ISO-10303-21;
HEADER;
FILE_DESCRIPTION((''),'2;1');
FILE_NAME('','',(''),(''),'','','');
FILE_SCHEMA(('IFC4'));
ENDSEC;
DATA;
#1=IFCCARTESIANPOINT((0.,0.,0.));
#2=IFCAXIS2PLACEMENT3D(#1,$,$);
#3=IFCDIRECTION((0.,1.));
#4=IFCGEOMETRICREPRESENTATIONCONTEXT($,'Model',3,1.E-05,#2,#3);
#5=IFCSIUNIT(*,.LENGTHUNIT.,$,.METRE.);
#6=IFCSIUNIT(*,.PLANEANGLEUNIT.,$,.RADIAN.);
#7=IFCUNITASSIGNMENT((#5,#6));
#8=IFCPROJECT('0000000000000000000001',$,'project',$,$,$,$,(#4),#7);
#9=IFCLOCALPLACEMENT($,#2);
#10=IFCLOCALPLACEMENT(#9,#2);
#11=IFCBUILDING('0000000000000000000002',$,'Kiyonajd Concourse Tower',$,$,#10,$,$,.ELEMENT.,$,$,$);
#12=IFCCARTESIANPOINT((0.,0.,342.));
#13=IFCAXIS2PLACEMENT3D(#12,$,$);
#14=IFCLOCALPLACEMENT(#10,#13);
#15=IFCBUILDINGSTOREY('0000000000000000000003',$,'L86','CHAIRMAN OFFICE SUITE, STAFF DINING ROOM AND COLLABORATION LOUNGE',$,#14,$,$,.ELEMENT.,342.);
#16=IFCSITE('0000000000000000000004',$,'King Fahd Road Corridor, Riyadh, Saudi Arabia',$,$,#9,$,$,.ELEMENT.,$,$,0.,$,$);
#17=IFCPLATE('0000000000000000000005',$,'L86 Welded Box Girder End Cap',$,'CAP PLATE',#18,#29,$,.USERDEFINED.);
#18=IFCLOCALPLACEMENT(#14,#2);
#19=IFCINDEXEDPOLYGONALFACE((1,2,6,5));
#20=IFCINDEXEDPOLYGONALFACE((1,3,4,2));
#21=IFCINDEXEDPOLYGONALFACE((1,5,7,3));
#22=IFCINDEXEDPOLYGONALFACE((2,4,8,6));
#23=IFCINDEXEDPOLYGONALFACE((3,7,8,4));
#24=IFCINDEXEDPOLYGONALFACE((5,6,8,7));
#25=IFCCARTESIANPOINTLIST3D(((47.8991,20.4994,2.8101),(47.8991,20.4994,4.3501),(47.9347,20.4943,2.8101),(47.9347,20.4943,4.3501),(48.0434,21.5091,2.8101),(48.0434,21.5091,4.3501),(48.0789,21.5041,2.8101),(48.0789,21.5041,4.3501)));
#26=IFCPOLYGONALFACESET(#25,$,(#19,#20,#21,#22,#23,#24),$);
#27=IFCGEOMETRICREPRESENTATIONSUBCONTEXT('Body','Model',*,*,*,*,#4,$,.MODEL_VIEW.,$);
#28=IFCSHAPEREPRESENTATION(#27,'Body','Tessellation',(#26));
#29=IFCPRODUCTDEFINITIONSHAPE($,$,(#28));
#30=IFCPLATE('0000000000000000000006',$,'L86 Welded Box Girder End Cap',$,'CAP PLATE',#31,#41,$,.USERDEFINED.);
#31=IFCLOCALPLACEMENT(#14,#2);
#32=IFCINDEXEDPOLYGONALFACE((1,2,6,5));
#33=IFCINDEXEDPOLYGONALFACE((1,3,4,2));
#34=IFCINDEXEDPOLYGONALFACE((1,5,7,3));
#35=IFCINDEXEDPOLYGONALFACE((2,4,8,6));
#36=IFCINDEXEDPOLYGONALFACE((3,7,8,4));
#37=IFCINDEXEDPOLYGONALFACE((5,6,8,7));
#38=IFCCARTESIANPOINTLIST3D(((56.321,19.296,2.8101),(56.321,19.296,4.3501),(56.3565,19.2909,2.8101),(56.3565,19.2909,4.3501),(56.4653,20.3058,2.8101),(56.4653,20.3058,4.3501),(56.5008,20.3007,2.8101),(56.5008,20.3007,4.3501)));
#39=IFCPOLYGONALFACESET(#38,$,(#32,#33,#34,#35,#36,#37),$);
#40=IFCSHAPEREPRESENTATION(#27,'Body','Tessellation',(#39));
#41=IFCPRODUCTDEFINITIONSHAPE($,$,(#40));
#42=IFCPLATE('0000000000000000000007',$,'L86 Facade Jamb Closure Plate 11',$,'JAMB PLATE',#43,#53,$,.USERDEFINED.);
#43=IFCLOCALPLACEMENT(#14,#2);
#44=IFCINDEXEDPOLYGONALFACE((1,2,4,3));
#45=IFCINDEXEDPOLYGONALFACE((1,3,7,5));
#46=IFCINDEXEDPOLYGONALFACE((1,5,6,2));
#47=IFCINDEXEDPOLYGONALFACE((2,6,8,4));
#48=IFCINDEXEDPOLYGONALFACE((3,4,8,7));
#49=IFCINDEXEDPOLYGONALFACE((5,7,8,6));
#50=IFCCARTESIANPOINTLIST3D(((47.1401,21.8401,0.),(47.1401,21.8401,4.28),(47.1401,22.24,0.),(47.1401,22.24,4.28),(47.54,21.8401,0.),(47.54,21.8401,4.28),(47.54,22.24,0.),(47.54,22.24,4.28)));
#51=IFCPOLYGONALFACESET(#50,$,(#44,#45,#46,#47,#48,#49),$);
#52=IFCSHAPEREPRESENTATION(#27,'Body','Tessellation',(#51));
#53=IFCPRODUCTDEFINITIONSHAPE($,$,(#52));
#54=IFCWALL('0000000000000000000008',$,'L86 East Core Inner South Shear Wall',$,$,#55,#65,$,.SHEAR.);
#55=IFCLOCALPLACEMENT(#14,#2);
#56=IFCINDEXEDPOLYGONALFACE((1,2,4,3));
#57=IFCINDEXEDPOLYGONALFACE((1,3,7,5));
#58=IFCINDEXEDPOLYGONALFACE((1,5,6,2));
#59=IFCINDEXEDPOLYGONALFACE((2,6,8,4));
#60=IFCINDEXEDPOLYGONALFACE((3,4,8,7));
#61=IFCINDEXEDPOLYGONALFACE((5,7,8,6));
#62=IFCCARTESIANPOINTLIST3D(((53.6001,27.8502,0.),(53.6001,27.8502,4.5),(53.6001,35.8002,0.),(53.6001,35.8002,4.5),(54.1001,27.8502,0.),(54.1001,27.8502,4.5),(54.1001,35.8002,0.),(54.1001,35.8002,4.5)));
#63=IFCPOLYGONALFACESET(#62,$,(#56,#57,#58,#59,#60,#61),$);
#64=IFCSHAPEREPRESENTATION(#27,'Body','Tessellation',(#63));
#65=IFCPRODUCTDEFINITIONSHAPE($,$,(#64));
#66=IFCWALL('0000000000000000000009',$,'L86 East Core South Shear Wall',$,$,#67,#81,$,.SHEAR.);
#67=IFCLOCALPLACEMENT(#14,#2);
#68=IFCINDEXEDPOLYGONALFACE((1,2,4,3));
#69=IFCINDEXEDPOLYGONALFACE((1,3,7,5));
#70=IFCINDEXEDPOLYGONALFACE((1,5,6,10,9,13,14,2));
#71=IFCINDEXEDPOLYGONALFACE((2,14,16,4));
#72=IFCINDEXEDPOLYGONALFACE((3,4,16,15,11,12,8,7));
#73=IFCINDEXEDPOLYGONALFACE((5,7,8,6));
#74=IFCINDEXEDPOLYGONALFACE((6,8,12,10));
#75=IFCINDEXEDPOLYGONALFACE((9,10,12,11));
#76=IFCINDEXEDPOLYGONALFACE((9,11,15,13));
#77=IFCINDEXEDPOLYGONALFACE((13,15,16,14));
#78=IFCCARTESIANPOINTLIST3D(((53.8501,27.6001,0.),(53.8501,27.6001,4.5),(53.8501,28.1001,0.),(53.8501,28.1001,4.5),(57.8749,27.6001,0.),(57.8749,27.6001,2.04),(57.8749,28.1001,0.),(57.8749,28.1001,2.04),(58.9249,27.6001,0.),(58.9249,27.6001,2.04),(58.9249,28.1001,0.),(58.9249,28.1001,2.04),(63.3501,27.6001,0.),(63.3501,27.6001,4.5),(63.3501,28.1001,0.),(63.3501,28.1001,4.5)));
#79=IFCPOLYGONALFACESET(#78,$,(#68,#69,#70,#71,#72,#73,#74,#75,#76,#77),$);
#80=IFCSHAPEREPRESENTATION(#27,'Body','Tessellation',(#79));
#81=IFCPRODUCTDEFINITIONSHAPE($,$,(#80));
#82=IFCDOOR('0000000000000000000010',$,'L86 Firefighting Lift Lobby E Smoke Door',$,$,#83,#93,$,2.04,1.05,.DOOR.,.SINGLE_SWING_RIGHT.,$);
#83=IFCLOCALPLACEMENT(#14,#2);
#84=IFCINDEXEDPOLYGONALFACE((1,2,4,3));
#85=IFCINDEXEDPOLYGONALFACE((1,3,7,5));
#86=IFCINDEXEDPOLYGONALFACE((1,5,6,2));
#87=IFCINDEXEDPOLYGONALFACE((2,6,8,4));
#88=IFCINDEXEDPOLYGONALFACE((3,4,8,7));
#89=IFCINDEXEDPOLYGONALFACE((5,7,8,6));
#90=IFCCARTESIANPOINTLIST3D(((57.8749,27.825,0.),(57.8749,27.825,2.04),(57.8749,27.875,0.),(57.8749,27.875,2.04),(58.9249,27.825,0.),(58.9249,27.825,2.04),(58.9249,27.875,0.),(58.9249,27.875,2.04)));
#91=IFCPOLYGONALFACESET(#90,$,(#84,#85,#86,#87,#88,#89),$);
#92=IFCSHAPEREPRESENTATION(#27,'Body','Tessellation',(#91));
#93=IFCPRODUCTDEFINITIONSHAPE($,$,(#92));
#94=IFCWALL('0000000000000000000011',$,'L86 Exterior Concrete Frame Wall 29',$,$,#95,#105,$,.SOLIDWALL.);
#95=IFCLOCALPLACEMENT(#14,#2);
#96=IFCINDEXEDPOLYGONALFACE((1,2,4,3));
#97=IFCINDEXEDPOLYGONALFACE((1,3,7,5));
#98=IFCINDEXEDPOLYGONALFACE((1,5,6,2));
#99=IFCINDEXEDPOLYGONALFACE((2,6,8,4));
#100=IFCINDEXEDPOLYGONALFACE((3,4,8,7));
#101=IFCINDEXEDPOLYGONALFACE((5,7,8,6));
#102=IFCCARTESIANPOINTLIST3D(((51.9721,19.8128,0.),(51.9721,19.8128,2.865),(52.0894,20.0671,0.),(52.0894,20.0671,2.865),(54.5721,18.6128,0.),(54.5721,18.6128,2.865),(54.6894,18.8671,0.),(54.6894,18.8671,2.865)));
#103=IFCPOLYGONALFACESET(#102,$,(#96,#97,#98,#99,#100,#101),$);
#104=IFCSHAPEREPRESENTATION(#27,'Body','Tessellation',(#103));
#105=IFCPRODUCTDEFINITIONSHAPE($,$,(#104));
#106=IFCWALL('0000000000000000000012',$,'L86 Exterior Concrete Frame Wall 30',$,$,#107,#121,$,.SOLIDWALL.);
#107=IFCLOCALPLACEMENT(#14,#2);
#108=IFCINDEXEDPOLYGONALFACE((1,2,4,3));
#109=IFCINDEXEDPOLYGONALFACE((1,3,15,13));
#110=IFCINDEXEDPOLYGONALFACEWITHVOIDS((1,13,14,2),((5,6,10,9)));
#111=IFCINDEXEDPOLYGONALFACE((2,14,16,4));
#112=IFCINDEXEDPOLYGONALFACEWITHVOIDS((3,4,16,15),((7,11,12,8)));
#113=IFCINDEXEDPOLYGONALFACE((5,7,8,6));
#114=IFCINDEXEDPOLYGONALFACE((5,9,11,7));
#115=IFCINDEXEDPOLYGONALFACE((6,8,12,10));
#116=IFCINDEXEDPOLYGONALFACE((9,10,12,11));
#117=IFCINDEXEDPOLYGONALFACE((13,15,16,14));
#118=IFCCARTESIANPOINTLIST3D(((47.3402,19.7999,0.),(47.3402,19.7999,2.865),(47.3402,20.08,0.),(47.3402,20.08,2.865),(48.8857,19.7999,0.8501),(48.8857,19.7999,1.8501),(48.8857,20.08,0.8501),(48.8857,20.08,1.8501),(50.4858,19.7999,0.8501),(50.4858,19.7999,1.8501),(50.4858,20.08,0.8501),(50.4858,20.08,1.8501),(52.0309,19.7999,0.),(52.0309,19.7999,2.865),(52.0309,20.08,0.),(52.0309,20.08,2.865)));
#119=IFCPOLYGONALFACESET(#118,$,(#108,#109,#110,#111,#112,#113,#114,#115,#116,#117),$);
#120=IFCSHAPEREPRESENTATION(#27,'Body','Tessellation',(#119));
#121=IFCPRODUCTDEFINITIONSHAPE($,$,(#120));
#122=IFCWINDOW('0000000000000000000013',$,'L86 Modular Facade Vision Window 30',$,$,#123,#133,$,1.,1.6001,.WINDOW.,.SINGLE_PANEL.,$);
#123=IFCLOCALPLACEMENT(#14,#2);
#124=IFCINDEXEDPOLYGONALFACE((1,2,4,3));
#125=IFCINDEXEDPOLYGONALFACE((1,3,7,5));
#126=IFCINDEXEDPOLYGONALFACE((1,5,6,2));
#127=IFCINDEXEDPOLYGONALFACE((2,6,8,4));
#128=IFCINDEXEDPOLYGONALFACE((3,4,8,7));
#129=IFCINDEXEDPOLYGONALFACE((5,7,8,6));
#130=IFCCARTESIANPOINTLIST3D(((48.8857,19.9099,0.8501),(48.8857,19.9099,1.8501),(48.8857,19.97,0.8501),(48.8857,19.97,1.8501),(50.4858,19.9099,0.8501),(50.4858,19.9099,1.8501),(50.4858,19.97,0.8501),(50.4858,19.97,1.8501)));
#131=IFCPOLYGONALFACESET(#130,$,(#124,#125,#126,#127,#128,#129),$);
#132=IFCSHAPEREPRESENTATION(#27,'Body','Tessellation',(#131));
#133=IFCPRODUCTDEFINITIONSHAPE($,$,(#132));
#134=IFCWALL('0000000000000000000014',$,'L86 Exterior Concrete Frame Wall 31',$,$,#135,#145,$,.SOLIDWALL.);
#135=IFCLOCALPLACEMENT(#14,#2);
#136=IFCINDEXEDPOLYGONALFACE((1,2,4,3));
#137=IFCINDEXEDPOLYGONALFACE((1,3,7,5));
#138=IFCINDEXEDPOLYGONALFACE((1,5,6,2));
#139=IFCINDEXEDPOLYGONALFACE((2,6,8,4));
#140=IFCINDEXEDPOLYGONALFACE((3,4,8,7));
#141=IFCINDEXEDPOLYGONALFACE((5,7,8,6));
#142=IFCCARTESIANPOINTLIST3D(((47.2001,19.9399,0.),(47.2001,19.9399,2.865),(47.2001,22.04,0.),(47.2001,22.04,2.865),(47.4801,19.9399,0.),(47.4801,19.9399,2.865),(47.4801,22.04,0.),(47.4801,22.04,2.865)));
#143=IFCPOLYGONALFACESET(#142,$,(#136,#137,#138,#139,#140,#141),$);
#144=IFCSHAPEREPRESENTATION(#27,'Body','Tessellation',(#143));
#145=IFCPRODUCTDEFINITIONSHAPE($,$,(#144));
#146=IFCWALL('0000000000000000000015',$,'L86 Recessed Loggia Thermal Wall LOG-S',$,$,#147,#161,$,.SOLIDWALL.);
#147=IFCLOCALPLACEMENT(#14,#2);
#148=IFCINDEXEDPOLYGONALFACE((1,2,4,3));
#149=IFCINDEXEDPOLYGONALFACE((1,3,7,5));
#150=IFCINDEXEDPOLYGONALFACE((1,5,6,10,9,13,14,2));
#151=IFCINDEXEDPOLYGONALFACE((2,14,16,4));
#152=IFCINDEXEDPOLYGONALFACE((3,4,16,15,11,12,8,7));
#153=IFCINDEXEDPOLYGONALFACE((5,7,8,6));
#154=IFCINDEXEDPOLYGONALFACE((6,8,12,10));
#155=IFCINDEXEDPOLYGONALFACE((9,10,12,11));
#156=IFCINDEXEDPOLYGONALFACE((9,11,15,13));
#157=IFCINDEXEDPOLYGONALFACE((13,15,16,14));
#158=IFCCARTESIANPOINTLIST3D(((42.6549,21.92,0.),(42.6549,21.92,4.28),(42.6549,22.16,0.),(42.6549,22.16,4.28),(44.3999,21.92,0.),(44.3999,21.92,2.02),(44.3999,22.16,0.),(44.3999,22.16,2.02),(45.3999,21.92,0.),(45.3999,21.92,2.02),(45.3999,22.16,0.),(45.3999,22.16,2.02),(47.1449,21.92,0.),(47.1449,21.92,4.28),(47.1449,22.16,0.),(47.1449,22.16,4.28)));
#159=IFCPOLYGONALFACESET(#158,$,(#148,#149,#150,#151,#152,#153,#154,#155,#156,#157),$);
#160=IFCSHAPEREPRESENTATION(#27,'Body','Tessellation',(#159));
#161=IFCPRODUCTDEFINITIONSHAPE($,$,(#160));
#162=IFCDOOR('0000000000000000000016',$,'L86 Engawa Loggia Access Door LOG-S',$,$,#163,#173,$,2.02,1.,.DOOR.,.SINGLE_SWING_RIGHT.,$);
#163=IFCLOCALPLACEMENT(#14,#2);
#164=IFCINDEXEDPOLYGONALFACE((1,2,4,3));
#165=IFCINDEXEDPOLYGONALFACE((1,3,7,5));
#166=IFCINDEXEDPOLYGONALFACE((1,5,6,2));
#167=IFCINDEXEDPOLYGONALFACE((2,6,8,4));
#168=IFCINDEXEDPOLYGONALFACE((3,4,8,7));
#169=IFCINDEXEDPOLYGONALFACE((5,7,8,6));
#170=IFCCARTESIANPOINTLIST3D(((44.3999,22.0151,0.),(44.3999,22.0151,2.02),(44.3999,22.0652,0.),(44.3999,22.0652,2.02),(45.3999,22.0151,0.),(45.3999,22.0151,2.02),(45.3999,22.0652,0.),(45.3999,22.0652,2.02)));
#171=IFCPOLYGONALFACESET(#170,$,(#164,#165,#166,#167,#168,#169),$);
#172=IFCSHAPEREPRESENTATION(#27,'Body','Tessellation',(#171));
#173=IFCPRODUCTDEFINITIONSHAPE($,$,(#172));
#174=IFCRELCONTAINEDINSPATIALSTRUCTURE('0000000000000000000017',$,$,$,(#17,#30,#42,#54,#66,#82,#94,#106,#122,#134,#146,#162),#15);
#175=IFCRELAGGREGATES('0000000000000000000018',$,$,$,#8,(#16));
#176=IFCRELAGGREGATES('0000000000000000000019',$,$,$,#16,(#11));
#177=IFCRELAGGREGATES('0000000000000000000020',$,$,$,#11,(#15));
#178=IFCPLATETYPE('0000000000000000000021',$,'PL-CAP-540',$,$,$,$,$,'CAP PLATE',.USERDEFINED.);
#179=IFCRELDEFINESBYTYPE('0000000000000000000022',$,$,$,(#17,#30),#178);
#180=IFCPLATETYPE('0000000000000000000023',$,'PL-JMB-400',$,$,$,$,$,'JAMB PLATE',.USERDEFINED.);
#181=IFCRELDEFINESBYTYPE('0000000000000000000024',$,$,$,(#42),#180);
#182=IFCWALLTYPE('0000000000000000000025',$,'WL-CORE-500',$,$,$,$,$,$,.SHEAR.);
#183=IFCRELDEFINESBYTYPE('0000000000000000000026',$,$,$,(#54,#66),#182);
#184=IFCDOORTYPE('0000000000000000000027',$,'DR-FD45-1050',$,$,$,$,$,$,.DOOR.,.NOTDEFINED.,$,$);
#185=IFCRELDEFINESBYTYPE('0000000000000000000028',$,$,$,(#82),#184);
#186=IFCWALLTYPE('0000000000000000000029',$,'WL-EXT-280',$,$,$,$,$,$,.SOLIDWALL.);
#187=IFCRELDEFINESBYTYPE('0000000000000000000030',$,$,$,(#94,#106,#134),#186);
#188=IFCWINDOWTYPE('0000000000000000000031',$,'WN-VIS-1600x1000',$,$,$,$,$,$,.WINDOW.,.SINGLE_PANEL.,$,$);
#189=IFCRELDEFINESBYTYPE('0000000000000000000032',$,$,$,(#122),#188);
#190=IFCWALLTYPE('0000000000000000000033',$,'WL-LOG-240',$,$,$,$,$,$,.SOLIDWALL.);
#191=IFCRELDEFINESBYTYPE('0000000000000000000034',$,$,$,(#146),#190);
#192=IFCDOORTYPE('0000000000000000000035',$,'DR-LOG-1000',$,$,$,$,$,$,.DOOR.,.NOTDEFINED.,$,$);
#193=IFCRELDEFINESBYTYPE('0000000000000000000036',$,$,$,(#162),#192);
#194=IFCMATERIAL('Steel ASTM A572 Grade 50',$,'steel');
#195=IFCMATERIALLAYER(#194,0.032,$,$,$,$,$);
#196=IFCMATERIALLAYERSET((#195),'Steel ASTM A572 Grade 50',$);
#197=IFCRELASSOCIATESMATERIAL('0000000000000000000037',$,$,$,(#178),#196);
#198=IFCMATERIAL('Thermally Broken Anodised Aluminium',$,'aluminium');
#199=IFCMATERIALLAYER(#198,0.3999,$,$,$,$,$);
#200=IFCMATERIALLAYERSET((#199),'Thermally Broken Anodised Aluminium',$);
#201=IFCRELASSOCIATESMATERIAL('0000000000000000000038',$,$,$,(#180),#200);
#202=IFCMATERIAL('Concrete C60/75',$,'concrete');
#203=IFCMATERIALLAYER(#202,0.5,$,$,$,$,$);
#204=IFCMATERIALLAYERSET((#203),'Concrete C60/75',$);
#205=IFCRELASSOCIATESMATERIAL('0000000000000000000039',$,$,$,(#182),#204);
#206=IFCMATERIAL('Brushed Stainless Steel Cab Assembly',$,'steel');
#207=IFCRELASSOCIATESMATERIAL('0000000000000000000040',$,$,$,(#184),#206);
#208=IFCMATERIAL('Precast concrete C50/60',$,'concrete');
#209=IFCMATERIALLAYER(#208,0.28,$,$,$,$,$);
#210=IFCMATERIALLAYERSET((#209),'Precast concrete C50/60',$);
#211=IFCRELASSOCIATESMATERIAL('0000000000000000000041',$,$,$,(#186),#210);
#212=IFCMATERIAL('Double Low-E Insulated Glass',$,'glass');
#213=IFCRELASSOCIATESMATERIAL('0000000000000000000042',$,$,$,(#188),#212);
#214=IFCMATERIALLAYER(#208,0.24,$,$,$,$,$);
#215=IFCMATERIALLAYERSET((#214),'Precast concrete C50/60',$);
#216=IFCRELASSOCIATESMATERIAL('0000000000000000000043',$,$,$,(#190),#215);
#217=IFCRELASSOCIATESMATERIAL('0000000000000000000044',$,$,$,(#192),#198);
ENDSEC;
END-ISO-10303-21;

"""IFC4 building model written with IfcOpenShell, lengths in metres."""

from ifc_helpers import new_model, si_unit, direction, frame, frame_2d, origin, origin_2d, place, context, subcontext, project, spatial, rectangle, extrude, material, layer, layer_set, type_object, element, fill, save


model = new_model("IFC4")

# Units and contexts
model_context = context("Model", 3, precision=1e-05, world=origin(), true_north=direction((0.0, 1.0)))
body_context = subcontext(model_context, "Body", "Model", "MODEL_VIEW")
ifc_project = project(units=[si_unit("LENGTHUNIT", "METRE"), si_unit("PLANEANGLEUNIT", "RADIAN")], contexts=[model_context])

# Site, building, storey
site_placement = place(None, origin())
site = spatial("IfcSite", under=ifc_project, at=site_placement, Name="King Fahd Road Corridor, Riyadh, Saudi Arabia", CompositionType="ELEMENT", RefElevation=0.0)
building_placement = place(site_placement, origin())
building = spatial("IfcBuilding", under=site, at=building_placement, Name="Kiyonajd Concourse Tower", CompositionType="ELEMENT")
storey_placement = place(building_placement, frame((0.0, 0.0, 342.0)))
storey = spatial("IfcBuildingStorey", under=building, at=storey_placement, Name="L86", Description="CHAIRMAN OFFICE SUITE, STAFF DINING ROOM AND COLLABORATION LOUNGE", CompositionType="ELEMENT", Elevation=342.0)

# Shared definitions
ifc_material_1 = material(Name="Concrete C60/75", Category="concrete")

# Shared definitions
ifc_material_2 = material(Name="Steel ASTM A572 Grade 50", Category="steel")

# Plates
ifc_layer_1 = layer(ifc_material_2, 0.032)
ifc_layer_set_1 = layer_set([ifc_layer_1], Name="Steel ASTM A572 Grade 50")
plate_type_1 = type_object("IfcPlateType", Name="PL-CAP-540", ElementType="CAP PLATE", PredefinedType="USERDEFINED", material=ifc_layer_set_1)
for number, where, z_axis, x_axis, name in (
    (1, (47.989, 21.0017, 2.8101), (0.0, 0.0, 1.0), (-0.98995, 0.14142, 0.0), "L86 Welded Box Girder End Cap"),
    (2, (56.4109, 19.7983, 2.8101), (0.0, 0.0, 1.0), (0.98995, -0.14142, 0.0), "L86 Welded Box Girder End Cap"),
):
    element("IfcPlate", number, at=place(storey_placement, frame(where, z_axis=z_axis, x_axis=x_axis)), inside=storey, type_object=plate_type_1, Name=name, ObjectType="CAP PLATE", PredefinedType="USERDEFINED", context=body_context, shape_type="SweptSolid", body=[
        extrude(rectangle(XDim=0.0359, YDim=1.02, at=origin_2d()), origin(), (0.0, 0.0, 1.0), 1.54),
    ])
ifc_material_3 = material(Name="Thermally Broken Anodised Aluminium", Category="aluminium")
ifc_layer_2 = layer(ifc_material_3, 0.3999)
ifc_layer_set_2 = layer_set([ifc_layer_2], Name="Thermally Broken Anodised Aluminium")
plate_type_2 = type_object("IfcPlateType", Name="PL-JMB-400", ElementType="JAMB PLATE", PredefinedType="USERDEFINED", material=ifc_layer_set_2)
plate_placement = place(storey_placement, frame((47.3401, 22.04, 0.0), z_axis=(0.0, 0.0, 1.0), x_axis=(1.0, 0.0, 0.0)))
element("IfcPlate", 3, at=plate_placement, inside=storey, type_object=plate_type_2, Name="L86 Facade Jamb Closure Plate 11", ObjectType="JAMB PLATE", PredefinedType="USERDEFINED", context=body_context, shape_type="SweptSolid", body=[
    extrude(rectangle(XDim=0.3999, YDim=0.3999, at=origin_2d()), origin(), (0.0, 0.0, 1.0), 4.28),
])

# Wall
ifc_layer_3 = layer(ifc_material_1, 0.5)
ifc_layer_set_3 = layer_set([ifc_layer_3], Name="Concrete C60/75")
wall_type_1 = type_object("IfcWallType", Name="WL-CORE-500", PredefinedType="SHEAR", material=ifc_layer_set_3)
wall_1_placement = place(storey_placement, frame((53.8501, 27.8501, 0.0), z_axis=(0.0, 0.0, 1.0), x_axis=(0.0, 1.0, 0.0)))
element("IfcWall", 4, at=wall_1_placement, inside=storey, type_object=wall_type_1, Name="L86 East Core Inner South Shear Wall", PredefinedType="SHEAR", context=body_context, shape_type="SweptSolid", body=[
    extrude(rectangle(XDim=7.95, YDim=0.5, at=frame_2d((3.9751, 0.0))), origin(), (0.0, 0.0, 1.0), 4.5),
])

# Wall, opening, door
wall_2_placement = place(storey_placement, frame((53.8501, 27.8501, 0.0), z_axis=(0.0, 0.0, 1.0), x_axis=(1.0, 0.0, 0.0)))
wall_2 = element("IfcWall", 5, at=wall_2_placement, inside=storey, type_object=wall_type_1, Name="L86 East Core South Shear Wall", PredefinedType="SHEAR", context=body_context, shape_type="SweptSolid", body=[
    extrude(rectangle(XDim=9.5, YDim=0.5, at=frame_2d((4.75, 0.0))), origin(), (0.0, 0.0, 1.0), 4.5),
])
opening_1_placement = place(wall_2_placement, frame((4.0249, 0.0, 0.0)))
opening_1 = element("IfcOpeningElement", 6, at=opening_1_placement, cuts=wall_2, PredefinedType="OPENING", context=body_context, shape_type="SweptSolid", body=[
    extrude(rectangle(XDim=1.05, YDim=2.04, at=frame_2d((0.5249, 1.02))), frame((0.0, 0.26, 0.0), z_axis=(0.0, -1.0, 0.0), x_axis=(1.0, 0.0, 0.0)), (0.0, 0.0, 1.0), 0.52),
])
ifc_material_4 = material(Name="Brushed Stainless Steel Cab Assembly", Category="steel")
door_type_1 = type_object("IfcDoorType", Name="DR-FD45-1050", OperationType="NOTDEFINED", PredefinedType="DOOR", material=ifc_material_4)
door_1_placement = place(opening_1_placement, origin())
door_1 = element("IfcDoor", 7, at=door_1_placement, inside=storey, type_object=door_type_1, Name="L86 Firefighting Lift Lobby E Smoke Door", OperationType="SINGLE_SWING_RIGHT", OverallHeight=2.04, OverallWidth=1.05, PredefinedType="DOOR", context=body_context, shape_type="SweptSolid", body=[
    extrude(rectangle(XDim=1.05, YDim=2.04, at=frame_2d((0.5249, 1.02))), frame((0.0, 0.0249, 0.0), z_axis=(0.0, -1.0, 0.0), x_axis=(1.0, 0.0, 0.0)), (0.0, 0.0, 1.0), 0.05),
])
fill(opening_1, door_1)

# Wall
ifc_material_5 = material(Name="Precast concrete C50/60", Category="concrete")
ifc_layer_4 = layer(ifc_material_5, 0.28)
ifc_layer_set_4 = layer_set([ifc_layer_4], Name="Precast concrete C50/60")
wall_type_2 = type_object("IfcWallType", Name="WL-EXT-280", PredefinedType="SOLIDWALL", material=ifc_layer_set_4)
wall_3_placement = place(storey_placement, frame((54.6306, 18.74, 0.0), z_axis=(0.0, 0.0, 1.0), x_axis=(-0.907957, 0.419064, 0.0)))
element("IfcWall", 8, at=wall_3_placement, inside=storey, type_object=wall_type_2, Name="L86 Exterior Concrete Frame Wall 29", PredefinedType="SOLIDWALL", context=body_context, shape_type="SweptSolid", body=[
    extrude(rectangle(XDim=2.8635, YDim=0.28, at=frame_2d((1.4316, 0.0))), origin(), (0.0, 0.0, 1.0), 2.865),
])

# Wall, opening, window
wall_4_placement = place(storey_placement, frame((52.0308, 19.9399, 0.0), z_axis=(0.0, 0.0, 1.0), x_axis=(-1.0, 0.0, 0.0)))
wall_4 = element("IfcWall", 9, at=wall_4_placement, inside=storey, type_object=wall_type_2, Name="L86 Exterior Concrete Frame Wall 30", PredefinedType="SOLIDWALL", context=body_context, shape_type="SweptSolid", body=[
    extrude(rectangle(XDim=4.6907, YDim=0.28, at=frame_2d((2.3452, 0.0))), origin(), (0.0, 0.0, 1.0), 2.865),
])
opening_2_placement = place(wall_4_placement, frame((1.5449, 0.0, 0.8501)))
opening_2 = element("IfcOpeningElement", 10, at=opening_2_placement, cuts=wall_4, PredefinedType="OPENING", context=body_context, shape_type="SweptSolid", body=[
    extrude(rectangle(XDim=1.6001, YDim=1.0, at=frame_2d((0.8, 0.5))), frame((0.0, 0.1499, 0.0), z_axis=(0.0, -1.0, 0.0), x_axis=(1.0, 0.0, 0.0)), (0.0, 0.0, 1.0), 0.3),
])
ifc_material_6 = material(Name="Double Low-E Insulated Glass", Category="glass")
window_type = type_object("IfcWindowType", Name="WN-VIS-1600x1000", PartitioningType="SINGLE_PANEL", PredefinedType="WINDOW", material=ifc_material_6)
window_placement = place(opening_2_placement, origin())
window = element("IfcWindow", 11, at=window_placement, inside=storey, type_object=window_type, Name="L86 Modular Facade Vision Window 30", OverallHeight=1.0, OverallWidth=1.6001, PartitioningType="SINGLE_PANEL", PredefinedType="WINDOW", context=body_context, shape_type="SweptSolid", body=[
    extrude(rectangle(XDim=1.6001, YDim=1.0, at=frame_2d((0.8, 0.5))), frame((0.0, 0.03, 0.0), z_axis=(0.0, -1.0, 0.0), x_axis=(1.0, 0.0, 0.0)), (0.0, 0.0, 1.0), 0.0601),
])
fill(opening_2, window)

# Wall
wall_5_placement = place(storey_placement, frame((47.3401, 19.9399, 0.0), z_axis=(0.0, 0.0, 1.0), x_axis=(0.0, 1.0, 0.0)))
element("IfcWall", 12, at=wall_5_placement, inside=storey, type_object=wall_type_2, Name="L86 Exterior Concrete Frame Wall 31", PredefinedType="SOLIDWALL", context=body_context, shape_type="SweptSolid", body=[
    extrude(rectangle(XDim=2.1001, YDim=0.28, at=frame_2d((1.05, 0.0))), origin(), (0.0, 0.0, 1.0), 2.865),
])

# Wall, opening, door
ifc_layer_5 = layer(ifc_material_5, 0.24)
ifc_layer_set_5 = layer_set([ifc_layer_5], Name="Precast concrete C50/60")
wall_type_3 = type_object("IfcWallType", Name="WL-LOG-240", PredefinedType="SOLIDWALL", material=ifc_layer_set_5)
wall_6_placement = place(storey_placement, frame((47.145, 22.04, 0.0), z_axis=(0.0, 0.0, 1.0), x_axis=(-1.0, 0.0, 0.0)))
wall_6 = element("IfcWall", 13, at=wall_6_placement, inside=storey, type_object=wall_type_3, Name="L86 Recessed Loggia Thermal Wall LOG-S", PredefinedType="SOLIDWALL", context=body_context, shape_type="SweptSolid", body=[
    extrude(rectangle(XDim=4.49, YDim=0.24, at=frame_2d((2.2451, 0.0))), origin(), (0.0, 0.0, 1.0), 4.28),
])
opening_3_placement = place(wall_6_placement, frame((1.7451, 0.0, 0.0)))
opening_3 = element("IfcOpeningElement", 14, at=opening_3_placement, cuts=wall_6, PredefinedType="OPENING", context=body_context, shape_type="SweptSolid", body=[
    extrude(rectangle(XDim=1.0, YDim=2.02, at=frame_2d((0.5, 1.01))), frame((0.0, 0.1299, 0.0), z_axis=(0.0, -1.0, 0.0), x_axis=(1.0, 0.0, 0.0)), (0.0, 0.0, 1.0), 0.26),
])
door_type_2 = type_object("IfcDoorType", Name="DR-LOG-1000", OperationType="NOTDEFINED", PredefinedType="DOOR", material=ifc_material_3)
door_2_placement = place(opening_3_placement, origin())
door_2 = element("IfcDoor", 15, at=door_2_placement, inside=storey, type_object=door_type_2, Name="L86 Engawa Loggia Access Door LOG-S", OperationType="SINGLE_SWING_RIGHT", OverallHeight=2.02, OverallWidth=1.0, PredefinedType="DOOR", context=body_context, shape_type="SweptSolid", body=[
    extrude(rectangle(XDim=1.0, YDim=2.02, at=frame_2d((0.5, 1.01))), frame((0.0, 0.0249, 0.0), z_axis=(0.0, -1.0, 0.0), x_axis=(1.0, 0.0, 0.0)), (0.0, 0.0, 1.0), 0.05),
])
fill(opening_3, door_2)

save(model, "model.ifc")
